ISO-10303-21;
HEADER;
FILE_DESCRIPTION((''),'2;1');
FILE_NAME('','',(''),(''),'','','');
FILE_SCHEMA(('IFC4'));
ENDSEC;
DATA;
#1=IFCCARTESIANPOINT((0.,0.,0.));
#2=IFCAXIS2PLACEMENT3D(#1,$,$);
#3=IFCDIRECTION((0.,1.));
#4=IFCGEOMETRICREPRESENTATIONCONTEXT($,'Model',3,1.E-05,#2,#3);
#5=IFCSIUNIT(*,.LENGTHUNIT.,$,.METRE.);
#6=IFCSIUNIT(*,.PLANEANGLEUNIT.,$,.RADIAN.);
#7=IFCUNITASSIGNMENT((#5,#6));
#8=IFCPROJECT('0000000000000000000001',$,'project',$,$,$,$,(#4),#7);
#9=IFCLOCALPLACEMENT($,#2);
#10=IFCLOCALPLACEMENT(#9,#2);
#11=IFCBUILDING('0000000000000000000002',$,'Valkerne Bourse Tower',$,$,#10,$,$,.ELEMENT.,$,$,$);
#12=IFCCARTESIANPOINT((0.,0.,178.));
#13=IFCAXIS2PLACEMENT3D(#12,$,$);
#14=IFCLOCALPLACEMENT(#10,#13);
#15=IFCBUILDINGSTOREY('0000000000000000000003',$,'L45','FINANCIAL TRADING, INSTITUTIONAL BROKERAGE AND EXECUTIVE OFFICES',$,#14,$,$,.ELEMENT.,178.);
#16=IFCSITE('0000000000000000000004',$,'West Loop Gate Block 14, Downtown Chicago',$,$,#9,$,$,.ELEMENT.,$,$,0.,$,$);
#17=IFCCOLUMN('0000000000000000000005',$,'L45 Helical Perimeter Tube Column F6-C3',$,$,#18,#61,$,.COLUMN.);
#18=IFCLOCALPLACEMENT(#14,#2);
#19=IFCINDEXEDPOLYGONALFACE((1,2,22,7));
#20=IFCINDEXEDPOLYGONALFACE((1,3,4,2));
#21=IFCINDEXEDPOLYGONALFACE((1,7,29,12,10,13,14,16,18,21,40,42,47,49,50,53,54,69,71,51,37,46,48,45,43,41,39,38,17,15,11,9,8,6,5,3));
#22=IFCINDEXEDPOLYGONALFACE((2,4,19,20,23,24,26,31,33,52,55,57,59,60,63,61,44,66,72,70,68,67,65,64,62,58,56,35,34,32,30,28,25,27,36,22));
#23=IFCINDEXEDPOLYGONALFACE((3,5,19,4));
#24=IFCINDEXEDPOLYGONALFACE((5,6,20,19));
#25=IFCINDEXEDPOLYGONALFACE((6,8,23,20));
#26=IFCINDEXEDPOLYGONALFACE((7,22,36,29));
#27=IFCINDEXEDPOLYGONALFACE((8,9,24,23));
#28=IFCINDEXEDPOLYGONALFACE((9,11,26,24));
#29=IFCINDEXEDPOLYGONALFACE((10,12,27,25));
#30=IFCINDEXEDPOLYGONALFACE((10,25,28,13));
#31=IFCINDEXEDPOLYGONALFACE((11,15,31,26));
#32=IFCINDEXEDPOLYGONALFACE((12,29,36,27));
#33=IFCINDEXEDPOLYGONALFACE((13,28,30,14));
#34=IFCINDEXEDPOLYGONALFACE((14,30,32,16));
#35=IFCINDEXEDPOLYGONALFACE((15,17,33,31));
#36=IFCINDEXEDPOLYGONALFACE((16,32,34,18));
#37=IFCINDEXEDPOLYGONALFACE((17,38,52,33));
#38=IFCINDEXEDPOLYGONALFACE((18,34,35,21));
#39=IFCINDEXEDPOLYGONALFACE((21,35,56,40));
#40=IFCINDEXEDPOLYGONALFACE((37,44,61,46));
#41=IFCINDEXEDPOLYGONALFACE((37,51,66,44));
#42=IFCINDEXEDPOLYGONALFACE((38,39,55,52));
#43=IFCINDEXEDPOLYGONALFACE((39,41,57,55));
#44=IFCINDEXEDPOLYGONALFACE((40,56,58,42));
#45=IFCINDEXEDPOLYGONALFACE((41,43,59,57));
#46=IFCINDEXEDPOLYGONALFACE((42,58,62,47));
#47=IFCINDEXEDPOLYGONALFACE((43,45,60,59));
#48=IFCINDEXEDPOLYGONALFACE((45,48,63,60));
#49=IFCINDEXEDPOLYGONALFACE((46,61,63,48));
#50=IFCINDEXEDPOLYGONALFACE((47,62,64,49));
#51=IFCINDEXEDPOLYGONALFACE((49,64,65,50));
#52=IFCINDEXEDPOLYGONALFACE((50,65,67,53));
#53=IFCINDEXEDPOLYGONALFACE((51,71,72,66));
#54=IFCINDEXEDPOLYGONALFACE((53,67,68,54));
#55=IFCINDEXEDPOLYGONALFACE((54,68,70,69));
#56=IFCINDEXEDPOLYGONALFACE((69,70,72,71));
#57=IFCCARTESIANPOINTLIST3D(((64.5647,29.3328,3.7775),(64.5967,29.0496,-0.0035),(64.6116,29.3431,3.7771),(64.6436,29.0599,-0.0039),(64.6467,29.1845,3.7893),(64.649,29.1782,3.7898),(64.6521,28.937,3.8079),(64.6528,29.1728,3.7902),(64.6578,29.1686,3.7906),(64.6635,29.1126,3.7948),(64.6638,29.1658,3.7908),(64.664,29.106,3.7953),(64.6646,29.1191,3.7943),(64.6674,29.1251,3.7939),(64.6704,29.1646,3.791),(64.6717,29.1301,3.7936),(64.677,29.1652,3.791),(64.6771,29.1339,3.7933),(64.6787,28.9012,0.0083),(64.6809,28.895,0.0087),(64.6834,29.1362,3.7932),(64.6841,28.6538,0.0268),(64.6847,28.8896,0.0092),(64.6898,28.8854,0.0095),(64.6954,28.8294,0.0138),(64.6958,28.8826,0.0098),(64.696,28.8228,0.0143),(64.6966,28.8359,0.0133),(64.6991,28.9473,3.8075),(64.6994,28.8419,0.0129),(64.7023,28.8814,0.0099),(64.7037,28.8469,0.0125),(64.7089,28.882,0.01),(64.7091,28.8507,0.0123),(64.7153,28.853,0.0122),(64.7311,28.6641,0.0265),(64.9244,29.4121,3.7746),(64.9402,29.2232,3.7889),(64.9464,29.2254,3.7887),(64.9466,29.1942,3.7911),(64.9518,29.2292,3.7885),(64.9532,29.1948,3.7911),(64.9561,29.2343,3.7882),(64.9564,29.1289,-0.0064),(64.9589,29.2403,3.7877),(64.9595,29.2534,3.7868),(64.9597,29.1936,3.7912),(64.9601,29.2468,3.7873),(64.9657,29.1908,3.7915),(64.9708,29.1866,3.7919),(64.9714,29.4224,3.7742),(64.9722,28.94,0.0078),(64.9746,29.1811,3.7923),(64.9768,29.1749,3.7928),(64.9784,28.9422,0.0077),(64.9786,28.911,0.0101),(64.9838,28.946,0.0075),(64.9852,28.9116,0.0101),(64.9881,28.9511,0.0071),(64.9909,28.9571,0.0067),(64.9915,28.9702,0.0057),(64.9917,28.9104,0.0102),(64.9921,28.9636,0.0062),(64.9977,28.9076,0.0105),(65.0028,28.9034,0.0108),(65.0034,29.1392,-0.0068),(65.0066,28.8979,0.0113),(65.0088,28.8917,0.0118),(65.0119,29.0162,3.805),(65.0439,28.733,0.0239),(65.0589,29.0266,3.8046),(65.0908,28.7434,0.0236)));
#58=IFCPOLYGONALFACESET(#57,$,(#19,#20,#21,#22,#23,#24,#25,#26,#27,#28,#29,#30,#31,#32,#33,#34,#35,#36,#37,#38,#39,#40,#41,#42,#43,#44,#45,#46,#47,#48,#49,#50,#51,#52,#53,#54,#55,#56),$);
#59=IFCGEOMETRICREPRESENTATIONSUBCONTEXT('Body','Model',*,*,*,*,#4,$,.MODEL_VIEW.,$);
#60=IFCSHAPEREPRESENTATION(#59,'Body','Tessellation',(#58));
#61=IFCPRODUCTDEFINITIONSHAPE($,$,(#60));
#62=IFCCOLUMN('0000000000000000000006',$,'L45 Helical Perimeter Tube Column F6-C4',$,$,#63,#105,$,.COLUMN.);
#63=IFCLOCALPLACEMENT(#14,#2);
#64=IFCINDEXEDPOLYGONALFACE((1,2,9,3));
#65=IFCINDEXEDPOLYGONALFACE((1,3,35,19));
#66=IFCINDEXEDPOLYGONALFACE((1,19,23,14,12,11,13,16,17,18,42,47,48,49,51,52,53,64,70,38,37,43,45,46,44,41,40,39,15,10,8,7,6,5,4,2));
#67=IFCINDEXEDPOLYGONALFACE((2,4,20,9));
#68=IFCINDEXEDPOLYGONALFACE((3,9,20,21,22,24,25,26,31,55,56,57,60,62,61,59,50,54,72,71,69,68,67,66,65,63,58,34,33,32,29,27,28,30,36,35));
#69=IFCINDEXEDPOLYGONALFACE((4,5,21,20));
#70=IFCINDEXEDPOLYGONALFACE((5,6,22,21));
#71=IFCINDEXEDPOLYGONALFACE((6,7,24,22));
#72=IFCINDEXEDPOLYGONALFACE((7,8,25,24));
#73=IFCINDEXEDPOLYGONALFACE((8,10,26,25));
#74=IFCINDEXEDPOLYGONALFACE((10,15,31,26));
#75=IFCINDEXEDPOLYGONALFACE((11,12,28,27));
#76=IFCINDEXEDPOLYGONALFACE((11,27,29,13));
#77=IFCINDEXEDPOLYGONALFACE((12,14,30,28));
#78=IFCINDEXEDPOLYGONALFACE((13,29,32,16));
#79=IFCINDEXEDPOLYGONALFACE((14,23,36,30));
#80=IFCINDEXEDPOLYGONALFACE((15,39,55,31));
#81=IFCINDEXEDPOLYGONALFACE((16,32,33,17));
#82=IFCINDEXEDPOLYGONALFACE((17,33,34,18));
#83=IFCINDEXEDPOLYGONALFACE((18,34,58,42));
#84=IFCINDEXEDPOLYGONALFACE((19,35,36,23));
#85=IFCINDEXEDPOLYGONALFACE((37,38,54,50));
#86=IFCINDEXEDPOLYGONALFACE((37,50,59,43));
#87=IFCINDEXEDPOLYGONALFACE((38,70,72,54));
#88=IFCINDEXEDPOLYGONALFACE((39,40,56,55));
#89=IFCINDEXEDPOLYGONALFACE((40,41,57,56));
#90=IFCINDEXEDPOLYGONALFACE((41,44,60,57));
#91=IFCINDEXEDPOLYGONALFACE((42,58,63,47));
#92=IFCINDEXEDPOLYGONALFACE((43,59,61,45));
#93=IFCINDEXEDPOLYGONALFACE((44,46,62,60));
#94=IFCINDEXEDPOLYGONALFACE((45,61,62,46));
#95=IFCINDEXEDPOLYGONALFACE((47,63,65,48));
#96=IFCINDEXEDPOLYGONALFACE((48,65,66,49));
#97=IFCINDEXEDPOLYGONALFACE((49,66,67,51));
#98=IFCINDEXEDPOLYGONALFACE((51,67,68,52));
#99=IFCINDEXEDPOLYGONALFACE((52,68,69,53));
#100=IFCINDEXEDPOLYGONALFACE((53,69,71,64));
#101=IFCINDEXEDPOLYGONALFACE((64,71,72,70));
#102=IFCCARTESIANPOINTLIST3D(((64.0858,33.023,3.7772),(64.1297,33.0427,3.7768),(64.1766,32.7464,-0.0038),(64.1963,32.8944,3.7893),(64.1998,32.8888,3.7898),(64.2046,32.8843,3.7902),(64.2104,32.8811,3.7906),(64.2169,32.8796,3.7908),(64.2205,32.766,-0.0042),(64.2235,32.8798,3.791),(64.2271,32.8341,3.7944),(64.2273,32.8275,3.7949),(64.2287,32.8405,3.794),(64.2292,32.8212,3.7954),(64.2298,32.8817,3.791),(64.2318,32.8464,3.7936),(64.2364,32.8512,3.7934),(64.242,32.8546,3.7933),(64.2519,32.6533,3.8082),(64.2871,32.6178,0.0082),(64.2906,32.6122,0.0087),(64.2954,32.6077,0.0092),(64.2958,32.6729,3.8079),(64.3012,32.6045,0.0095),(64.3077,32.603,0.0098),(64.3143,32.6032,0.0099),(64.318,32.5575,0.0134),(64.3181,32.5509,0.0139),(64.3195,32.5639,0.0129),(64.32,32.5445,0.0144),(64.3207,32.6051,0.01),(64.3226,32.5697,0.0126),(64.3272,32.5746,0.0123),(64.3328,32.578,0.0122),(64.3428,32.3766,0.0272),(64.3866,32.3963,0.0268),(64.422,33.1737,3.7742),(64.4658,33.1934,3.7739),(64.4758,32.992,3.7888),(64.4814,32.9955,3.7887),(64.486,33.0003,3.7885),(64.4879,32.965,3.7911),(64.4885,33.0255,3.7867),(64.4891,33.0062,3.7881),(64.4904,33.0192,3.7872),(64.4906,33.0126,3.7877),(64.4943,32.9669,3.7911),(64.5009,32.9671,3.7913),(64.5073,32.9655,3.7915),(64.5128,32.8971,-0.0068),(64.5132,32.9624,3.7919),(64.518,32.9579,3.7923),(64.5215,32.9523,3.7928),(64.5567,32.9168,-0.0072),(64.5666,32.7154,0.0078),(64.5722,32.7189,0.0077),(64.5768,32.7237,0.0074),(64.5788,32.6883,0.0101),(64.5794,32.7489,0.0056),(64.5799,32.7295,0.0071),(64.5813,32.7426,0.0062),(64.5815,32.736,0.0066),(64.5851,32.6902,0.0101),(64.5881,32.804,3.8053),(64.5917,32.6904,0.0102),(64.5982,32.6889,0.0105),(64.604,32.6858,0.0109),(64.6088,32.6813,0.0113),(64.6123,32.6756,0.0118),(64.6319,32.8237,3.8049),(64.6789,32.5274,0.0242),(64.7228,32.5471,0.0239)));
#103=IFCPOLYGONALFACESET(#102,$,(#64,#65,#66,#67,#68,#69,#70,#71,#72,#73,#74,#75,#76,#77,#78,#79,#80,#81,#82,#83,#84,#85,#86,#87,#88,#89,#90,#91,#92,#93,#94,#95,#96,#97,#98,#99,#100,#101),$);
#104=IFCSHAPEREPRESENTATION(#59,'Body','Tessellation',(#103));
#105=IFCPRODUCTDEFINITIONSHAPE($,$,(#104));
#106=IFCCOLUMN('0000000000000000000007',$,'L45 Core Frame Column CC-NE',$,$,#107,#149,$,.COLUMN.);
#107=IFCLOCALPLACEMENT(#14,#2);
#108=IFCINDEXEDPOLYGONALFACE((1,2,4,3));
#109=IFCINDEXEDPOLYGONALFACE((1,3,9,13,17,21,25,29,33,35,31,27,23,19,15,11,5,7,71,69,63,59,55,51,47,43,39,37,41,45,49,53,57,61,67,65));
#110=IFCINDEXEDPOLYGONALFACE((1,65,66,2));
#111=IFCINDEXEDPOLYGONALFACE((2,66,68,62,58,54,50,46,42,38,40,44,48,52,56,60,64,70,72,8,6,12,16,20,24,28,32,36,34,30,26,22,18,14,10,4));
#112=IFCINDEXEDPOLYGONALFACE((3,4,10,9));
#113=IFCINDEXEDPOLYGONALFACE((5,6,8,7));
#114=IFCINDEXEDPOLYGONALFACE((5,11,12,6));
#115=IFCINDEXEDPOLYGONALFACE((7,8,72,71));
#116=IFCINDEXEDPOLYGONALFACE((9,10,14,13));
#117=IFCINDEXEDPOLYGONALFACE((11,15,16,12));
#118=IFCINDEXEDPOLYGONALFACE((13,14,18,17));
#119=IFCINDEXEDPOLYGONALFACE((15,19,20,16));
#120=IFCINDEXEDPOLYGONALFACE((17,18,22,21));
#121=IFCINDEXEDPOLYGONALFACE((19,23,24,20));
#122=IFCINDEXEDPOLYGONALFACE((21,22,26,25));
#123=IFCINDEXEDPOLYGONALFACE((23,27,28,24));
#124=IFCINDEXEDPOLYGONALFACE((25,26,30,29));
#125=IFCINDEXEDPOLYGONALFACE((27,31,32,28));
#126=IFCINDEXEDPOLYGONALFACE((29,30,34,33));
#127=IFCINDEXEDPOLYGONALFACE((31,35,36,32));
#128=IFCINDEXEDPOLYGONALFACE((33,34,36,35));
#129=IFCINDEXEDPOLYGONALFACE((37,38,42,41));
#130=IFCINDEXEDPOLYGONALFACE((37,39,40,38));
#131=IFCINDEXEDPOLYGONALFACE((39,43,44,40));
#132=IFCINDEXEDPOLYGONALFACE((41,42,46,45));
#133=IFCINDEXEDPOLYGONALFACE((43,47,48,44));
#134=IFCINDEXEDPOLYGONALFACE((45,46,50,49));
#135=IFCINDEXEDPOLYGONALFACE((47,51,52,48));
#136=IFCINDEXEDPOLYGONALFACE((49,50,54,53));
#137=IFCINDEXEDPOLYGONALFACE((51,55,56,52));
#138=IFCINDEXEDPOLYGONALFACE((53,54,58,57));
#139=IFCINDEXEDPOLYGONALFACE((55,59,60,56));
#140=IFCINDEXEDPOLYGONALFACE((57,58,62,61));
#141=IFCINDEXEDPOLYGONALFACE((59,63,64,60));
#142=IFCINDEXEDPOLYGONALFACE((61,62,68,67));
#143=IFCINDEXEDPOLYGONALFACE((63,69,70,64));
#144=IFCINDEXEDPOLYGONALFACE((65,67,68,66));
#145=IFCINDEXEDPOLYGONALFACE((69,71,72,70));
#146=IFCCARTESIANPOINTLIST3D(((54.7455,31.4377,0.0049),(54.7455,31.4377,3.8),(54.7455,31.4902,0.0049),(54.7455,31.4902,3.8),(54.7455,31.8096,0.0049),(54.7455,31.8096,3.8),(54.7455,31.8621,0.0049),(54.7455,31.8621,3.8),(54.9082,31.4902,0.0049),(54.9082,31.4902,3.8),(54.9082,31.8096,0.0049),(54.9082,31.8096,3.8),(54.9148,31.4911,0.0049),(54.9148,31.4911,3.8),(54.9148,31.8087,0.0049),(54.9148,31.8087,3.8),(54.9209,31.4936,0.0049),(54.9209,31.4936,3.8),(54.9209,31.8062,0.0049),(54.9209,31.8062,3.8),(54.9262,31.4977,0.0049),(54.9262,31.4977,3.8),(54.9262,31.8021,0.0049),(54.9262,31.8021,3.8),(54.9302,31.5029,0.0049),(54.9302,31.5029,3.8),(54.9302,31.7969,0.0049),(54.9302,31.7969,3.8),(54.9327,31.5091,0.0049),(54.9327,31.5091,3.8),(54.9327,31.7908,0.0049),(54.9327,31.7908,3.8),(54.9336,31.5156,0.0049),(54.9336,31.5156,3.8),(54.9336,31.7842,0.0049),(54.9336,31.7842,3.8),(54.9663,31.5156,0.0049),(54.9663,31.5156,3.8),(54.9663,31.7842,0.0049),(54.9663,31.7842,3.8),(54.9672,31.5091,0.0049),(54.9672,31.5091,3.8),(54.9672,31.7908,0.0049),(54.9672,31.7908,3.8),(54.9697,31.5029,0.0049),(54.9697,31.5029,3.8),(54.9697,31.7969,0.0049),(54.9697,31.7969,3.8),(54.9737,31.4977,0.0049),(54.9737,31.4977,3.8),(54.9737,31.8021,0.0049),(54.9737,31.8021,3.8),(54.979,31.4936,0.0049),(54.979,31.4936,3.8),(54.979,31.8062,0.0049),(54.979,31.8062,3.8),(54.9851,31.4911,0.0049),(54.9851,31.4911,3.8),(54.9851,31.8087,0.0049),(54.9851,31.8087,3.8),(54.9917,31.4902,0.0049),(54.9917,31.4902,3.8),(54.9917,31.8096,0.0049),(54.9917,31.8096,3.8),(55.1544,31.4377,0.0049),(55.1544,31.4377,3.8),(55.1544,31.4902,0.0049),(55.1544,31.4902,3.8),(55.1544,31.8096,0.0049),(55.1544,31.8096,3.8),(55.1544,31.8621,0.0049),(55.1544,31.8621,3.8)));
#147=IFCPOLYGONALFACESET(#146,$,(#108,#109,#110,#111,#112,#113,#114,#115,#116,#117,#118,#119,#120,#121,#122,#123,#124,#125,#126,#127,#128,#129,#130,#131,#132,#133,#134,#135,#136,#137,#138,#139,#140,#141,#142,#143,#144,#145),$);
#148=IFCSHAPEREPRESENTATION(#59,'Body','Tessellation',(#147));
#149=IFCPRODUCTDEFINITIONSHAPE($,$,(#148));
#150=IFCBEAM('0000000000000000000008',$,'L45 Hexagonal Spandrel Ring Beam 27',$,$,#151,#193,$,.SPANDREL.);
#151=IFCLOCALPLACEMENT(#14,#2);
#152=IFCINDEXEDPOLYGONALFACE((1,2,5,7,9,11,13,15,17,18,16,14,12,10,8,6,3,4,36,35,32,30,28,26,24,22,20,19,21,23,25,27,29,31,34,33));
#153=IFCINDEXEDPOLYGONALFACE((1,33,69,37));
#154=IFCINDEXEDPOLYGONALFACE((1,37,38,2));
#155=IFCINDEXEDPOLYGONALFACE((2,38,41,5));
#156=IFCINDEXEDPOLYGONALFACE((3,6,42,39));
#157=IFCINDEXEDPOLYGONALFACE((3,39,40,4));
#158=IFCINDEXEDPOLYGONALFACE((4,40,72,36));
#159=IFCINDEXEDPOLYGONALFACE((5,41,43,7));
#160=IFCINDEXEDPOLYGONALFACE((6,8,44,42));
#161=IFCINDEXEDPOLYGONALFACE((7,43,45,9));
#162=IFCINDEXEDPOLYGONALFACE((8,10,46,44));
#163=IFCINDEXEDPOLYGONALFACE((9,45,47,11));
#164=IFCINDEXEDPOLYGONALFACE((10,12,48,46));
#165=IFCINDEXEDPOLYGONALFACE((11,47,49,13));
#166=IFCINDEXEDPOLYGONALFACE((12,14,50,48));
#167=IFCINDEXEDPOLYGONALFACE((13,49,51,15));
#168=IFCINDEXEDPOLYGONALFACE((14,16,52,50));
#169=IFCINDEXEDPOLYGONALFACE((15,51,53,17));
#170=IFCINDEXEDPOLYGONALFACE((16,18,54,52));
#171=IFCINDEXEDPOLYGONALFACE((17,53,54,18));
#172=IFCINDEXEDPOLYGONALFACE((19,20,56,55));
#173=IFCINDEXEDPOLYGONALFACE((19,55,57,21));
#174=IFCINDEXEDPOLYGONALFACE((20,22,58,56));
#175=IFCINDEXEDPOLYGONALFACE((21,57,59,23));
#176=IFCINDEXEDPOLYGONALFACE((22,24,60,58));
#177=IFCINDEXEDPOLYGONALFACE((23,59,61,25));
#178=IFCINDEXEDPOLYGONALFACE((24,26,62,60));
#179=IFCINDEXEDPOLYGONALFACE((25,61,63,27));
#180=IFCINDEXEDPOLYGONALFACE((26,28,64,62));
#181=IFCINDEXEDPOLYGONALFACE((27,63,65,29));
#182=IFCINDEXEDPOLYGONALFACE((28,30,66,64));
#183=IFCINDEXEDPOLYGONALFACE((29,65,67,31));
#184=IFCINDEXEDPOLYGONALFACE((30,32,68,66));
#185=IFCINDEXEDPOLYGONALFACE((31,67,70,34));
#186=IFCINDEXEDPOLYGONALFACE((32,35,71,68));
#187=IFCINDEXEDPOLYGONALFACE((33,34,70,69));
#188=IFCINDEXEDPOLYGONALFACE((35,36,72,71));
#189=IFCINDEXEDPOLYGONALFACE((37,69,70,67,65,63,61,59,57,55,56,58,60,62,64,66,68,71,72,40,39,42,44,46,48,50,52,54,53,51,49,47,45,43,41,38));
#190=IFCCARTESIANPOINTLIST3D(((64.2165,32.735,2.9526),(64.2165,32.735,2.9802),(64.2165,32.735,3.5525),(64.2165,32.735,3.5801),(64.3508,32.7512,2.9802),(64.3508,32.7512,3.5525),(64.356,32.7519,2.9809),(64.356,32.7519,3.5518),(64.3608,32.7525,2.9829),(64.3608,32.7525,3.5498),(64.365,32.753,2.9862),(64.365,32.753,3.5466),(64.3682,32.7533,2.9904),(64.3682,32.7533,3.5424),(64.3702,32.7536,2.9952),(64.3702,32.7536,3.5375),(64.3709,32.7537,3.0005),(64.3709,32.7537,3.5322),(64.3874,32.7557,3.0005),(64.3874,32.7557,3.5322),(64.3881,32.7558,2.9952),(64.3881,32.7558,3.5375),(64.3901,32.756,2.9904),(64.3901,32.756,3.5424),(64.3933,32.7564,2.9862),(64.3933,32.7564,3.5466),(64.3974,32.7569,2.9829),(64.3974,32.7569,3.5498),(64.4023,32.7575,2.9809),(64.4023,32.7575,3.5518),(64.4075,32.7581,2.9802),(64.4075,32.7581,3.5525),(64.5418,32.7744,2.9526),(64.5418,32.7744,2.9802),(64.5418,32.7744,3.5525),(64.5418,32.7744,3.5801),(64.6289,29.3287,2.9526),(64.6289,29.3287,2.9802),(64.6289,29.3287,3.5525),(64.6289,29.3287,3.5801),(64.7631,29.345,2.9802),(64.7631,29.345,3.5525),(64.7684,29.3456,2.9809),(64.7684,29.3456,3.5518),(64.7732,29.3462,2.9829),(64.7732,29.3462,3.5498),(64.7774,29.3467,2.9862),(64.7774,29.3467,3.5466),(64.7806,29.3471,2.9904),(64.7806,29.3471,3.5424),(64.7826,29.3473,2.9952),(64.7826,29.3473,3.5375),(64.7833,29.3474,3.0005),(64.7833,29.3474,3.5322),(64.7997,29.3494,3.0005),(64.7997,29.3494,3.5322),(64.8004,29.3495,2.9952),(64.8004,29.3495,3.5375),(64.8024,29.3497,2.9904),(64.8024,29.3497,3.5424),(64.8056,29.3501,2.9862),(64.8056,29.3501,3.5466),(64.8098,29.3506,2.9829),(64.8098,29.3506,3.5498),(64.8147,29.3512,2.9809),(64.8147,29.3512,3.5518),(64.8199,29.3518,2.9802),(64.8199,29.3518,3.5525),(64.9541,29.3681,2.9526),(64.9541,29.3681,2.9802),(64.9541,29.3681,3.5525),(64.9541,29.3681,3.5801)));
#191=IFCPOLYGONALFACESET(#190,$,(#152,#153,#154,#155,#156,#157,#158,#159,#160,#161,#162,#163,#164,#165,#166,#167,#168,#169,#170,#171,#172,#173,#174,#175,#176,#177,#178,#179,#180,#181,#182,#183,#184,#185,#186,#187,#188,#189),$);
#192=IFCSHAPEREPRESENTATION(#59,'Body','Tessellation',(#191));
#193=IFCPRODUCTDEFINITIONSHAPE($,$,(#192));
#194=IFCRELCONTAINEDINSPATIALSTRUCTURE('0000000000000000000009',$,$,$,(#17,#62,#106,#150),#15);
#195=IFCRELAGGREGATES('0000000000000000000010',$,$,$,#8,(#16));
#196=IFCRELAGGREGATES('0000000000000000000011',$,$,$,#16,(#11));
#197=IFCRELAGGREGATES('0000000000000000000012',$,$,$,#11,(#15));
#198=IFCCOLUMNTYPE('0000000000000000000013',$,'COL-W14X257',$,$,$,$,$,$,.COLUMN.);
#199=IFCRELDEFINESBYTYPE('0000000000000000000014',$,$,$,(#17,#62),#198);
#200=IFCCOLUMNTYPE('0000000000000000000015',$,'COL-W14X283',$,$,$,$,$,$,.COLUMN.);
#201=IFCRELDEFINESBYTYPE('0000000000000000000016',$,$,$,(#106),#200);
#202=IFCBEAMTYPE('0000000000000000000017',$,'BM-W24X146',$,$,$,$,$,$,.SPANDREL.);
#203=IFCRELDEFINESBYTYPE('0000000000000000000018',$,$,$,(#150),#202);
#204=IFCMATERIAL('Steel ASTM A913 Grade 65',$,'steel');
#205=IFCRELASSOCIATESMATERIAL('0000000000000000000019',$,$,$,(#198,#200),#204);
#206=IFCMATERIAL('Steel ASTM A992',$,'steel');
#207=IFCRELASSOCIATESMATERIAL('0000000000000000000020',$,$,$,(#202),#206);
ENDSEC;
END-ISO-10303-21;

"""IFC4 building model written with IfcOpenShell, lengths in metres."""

from ifc_helpers import new_model, si_unit, direction, frame, origin, origin_2d, place, context, subcontext, project, spatial, i_section, extrude, material, material_profile, profile_set, type_object, element, save


model = new_model("IFC4")

# Units and contexts
model_context = context("Model", 3, precision=1e-05, world=origin(), true_north=direction((0.0, 1.0)))
body_context = subcontext(model_context, "Body", "Model", "MODEL_VIEW")
ifc_project = project(units=[si_unit("LENGTHUNIT", "METRE"), si_unit("PLANEANGLEUNIT", "RADIAN")], contexts=[model_context])

# Site, building, storey
site_placement = place(None, origin())
site = spatial("IfcSite", under=ifc_project, at=site_placement, Name="West Loop Gate Block 14, Downtown Chicago", CompositionType="ELEMENT", RefElevation=0.0)
building_placement = place(site_placement, origin())
building = spatial("IfcBuilding", under=site, at=building_placement, Name="Valkerne Bourse Tower", CompositionType="ELEMENT")
storey_placement = place(building_placement, frame((0.0, 0.0, 178.0)))
storey = spatial("IfcBuildingStorey", under=building, at=storey_placement, Name="L45", Description="FINANCIAL TRADING, INSTITUTIONAL BROKERAGE AND EXECUTIVE OFFICES", CompositionType="ELEMENT", Elevation=178.0)

# Columns
ifc_material_1 = material(Name="Steel ASTM A913 Grade 65", Category="steel")
ifc_material_profile_1 = material_profile(ifc_material_1, i_section(OverallWidth=0.4065, OverallDepth=0.4165, WebThickness=0.0298, FlangeThickness=0.0481, FilletRadius=0.0254, at=origin_2d()), Name="W14X257")
ifc_profile_set_1 = profile_set([ifc_material_profile_1], Name="Steel ASTM A913 Grade 65")
column_type_1 = type_object("IfcColumnType", Name="COL-W14X257", PredefinedType="COLUMN", material=ifc_profile_set_1)
column_1_placement = place(storey_placement, frame((64.8438, 28.8965, 0.01), z_axis=(-0.008435, 0.07469, 0.997171), x_axis=(0.215155, -0.973715, 0.074753)))
element("IfcColumn", 1, at=column_1_placement, inside=storey, type_object=column_type_1, Name="L45 Helical Perimeter Tube Column F6-C3", PredefinedType="COLUMN", context=body_context, shape_type="SweptSolid", body=[
    extrude(i_section(OverallWidth=0.4065, OverallDepth=0.4165, WebThickness=0.0298, FlangeThickness=0.0481, FilletRadius=0.0254, at=origin_2d()), origin(), (0.0, 0.0, 1.0), 3.7917),
])
column_2_placement = place(storey_placement, frame((64.4497, 32.6467, 0.01), z_axis=(-0.023949, 0.072942, 0.997049), x_axis=(0.408636, -0.909498, 0.076353)))
element("IfcColumn", 2, at=column_2_placement, inside=storey, type_object=column_type_1, Name="L45 Helical Perimeter Tube Column F6-C4", PredefinedType="COLUMN", context=body_context, shape_type="SweptSolid", body=[
    extrude(i_section(OverallWidth=0.4065, OverallDepth=0.4165, WebThickness=0.0298, FlangeThickness=0.0481, FilletRadius=0.0254, at=origin_2d()), origin(), (0.0, 0.0, 1.0), 3.7922),
])
ifc_material_profile_2 = material_profile(ifc_material_1, i_section(OverallWidth=0.4089, OverallDepth=0.4243, WebThickness=0.0327, FlangeThickness=0.0525, FilletRadius=0.0254, at=origin_2d()), Name="W14X283")
ifc_profile_set_2 = profile_set([ifc_material_profile_2], Name="Steel ASTM A913 Grade 65")
column_type_2 = type_object("IfcColumnType", Name="COL-W14X283", PredefinedType="COLUMN", material=ifc_profile_set_2)
column_3_placement = place(storey_placement, frame((54.95, 31.6499, 0.0049), z_axis=(0.0, 0.0, 1.0), x_axis=(1.0, 0.0, 0.0)))
element("IfcColumn", 3, at=column_3_placement, inside=storey, type_object=column_type_2, Name="L45 Core Frame Column CC-NE", PredefinedType="COLUMN", context=body_context, shape_type="SweptSolid", body=[
    extrude(i_section(OverallWidth=0.4089, OverallDepth=0.4243, WebThickness=0.0327, FlangeThickness=0.0525, FilletRadius=0.0254, at=origin_2d()), origin(), (0.0, 0.0, 1.0), 3.7952),
])

# Beam
ifc_material_2 = material(Name="Steel ASTM A992", Category="steel")
ifc_material_profile_3 = material_profile(ifc_material_2, i_section(OverallWidth=0.3276, OverallDepth=0.6274, WebThickness=0.0166, FlangeThickness=0.0276, FilletRadius=0.0203, at=origin_2d()), Name="W24X146")
ifc_profile_set_3 = profile_set([ifc_material_profile_3], Name="Steel ASTM A992")
beam_type_1 = type_object("IfcBeamType", Name="BM-W24X146", PredefinedType="SPANDREL", material=ifc_profile_set_3)
beam_1_placement = place(storey_placement, frame((64.7915, 29.3484, 3.2664), z_axis=(-0.12018, 0.992752, 0.0), x_axis=(-0.992752, -0.12018, 0.0)))
element("IfcBeam", 4, at=beam_1_placement, inside=storey, type_object=beam_type_1, Name="L45 Hexagonal Spandrel Ring Beam 27", PredefinedType="SPANDREL", context=body_context, shape_type="SweptSolid", body=[
    extrude(i_section(OverallWidth=0.3276, OverallDepth=0.6274, WebThickness=0.0166, FlangeThickness=0.0276, FilletRadius=0.0203, at=origin_2d()), origin(), (0.0, 0.0, 1.0), 3.4312),
])

save(model, "model.ifc")
